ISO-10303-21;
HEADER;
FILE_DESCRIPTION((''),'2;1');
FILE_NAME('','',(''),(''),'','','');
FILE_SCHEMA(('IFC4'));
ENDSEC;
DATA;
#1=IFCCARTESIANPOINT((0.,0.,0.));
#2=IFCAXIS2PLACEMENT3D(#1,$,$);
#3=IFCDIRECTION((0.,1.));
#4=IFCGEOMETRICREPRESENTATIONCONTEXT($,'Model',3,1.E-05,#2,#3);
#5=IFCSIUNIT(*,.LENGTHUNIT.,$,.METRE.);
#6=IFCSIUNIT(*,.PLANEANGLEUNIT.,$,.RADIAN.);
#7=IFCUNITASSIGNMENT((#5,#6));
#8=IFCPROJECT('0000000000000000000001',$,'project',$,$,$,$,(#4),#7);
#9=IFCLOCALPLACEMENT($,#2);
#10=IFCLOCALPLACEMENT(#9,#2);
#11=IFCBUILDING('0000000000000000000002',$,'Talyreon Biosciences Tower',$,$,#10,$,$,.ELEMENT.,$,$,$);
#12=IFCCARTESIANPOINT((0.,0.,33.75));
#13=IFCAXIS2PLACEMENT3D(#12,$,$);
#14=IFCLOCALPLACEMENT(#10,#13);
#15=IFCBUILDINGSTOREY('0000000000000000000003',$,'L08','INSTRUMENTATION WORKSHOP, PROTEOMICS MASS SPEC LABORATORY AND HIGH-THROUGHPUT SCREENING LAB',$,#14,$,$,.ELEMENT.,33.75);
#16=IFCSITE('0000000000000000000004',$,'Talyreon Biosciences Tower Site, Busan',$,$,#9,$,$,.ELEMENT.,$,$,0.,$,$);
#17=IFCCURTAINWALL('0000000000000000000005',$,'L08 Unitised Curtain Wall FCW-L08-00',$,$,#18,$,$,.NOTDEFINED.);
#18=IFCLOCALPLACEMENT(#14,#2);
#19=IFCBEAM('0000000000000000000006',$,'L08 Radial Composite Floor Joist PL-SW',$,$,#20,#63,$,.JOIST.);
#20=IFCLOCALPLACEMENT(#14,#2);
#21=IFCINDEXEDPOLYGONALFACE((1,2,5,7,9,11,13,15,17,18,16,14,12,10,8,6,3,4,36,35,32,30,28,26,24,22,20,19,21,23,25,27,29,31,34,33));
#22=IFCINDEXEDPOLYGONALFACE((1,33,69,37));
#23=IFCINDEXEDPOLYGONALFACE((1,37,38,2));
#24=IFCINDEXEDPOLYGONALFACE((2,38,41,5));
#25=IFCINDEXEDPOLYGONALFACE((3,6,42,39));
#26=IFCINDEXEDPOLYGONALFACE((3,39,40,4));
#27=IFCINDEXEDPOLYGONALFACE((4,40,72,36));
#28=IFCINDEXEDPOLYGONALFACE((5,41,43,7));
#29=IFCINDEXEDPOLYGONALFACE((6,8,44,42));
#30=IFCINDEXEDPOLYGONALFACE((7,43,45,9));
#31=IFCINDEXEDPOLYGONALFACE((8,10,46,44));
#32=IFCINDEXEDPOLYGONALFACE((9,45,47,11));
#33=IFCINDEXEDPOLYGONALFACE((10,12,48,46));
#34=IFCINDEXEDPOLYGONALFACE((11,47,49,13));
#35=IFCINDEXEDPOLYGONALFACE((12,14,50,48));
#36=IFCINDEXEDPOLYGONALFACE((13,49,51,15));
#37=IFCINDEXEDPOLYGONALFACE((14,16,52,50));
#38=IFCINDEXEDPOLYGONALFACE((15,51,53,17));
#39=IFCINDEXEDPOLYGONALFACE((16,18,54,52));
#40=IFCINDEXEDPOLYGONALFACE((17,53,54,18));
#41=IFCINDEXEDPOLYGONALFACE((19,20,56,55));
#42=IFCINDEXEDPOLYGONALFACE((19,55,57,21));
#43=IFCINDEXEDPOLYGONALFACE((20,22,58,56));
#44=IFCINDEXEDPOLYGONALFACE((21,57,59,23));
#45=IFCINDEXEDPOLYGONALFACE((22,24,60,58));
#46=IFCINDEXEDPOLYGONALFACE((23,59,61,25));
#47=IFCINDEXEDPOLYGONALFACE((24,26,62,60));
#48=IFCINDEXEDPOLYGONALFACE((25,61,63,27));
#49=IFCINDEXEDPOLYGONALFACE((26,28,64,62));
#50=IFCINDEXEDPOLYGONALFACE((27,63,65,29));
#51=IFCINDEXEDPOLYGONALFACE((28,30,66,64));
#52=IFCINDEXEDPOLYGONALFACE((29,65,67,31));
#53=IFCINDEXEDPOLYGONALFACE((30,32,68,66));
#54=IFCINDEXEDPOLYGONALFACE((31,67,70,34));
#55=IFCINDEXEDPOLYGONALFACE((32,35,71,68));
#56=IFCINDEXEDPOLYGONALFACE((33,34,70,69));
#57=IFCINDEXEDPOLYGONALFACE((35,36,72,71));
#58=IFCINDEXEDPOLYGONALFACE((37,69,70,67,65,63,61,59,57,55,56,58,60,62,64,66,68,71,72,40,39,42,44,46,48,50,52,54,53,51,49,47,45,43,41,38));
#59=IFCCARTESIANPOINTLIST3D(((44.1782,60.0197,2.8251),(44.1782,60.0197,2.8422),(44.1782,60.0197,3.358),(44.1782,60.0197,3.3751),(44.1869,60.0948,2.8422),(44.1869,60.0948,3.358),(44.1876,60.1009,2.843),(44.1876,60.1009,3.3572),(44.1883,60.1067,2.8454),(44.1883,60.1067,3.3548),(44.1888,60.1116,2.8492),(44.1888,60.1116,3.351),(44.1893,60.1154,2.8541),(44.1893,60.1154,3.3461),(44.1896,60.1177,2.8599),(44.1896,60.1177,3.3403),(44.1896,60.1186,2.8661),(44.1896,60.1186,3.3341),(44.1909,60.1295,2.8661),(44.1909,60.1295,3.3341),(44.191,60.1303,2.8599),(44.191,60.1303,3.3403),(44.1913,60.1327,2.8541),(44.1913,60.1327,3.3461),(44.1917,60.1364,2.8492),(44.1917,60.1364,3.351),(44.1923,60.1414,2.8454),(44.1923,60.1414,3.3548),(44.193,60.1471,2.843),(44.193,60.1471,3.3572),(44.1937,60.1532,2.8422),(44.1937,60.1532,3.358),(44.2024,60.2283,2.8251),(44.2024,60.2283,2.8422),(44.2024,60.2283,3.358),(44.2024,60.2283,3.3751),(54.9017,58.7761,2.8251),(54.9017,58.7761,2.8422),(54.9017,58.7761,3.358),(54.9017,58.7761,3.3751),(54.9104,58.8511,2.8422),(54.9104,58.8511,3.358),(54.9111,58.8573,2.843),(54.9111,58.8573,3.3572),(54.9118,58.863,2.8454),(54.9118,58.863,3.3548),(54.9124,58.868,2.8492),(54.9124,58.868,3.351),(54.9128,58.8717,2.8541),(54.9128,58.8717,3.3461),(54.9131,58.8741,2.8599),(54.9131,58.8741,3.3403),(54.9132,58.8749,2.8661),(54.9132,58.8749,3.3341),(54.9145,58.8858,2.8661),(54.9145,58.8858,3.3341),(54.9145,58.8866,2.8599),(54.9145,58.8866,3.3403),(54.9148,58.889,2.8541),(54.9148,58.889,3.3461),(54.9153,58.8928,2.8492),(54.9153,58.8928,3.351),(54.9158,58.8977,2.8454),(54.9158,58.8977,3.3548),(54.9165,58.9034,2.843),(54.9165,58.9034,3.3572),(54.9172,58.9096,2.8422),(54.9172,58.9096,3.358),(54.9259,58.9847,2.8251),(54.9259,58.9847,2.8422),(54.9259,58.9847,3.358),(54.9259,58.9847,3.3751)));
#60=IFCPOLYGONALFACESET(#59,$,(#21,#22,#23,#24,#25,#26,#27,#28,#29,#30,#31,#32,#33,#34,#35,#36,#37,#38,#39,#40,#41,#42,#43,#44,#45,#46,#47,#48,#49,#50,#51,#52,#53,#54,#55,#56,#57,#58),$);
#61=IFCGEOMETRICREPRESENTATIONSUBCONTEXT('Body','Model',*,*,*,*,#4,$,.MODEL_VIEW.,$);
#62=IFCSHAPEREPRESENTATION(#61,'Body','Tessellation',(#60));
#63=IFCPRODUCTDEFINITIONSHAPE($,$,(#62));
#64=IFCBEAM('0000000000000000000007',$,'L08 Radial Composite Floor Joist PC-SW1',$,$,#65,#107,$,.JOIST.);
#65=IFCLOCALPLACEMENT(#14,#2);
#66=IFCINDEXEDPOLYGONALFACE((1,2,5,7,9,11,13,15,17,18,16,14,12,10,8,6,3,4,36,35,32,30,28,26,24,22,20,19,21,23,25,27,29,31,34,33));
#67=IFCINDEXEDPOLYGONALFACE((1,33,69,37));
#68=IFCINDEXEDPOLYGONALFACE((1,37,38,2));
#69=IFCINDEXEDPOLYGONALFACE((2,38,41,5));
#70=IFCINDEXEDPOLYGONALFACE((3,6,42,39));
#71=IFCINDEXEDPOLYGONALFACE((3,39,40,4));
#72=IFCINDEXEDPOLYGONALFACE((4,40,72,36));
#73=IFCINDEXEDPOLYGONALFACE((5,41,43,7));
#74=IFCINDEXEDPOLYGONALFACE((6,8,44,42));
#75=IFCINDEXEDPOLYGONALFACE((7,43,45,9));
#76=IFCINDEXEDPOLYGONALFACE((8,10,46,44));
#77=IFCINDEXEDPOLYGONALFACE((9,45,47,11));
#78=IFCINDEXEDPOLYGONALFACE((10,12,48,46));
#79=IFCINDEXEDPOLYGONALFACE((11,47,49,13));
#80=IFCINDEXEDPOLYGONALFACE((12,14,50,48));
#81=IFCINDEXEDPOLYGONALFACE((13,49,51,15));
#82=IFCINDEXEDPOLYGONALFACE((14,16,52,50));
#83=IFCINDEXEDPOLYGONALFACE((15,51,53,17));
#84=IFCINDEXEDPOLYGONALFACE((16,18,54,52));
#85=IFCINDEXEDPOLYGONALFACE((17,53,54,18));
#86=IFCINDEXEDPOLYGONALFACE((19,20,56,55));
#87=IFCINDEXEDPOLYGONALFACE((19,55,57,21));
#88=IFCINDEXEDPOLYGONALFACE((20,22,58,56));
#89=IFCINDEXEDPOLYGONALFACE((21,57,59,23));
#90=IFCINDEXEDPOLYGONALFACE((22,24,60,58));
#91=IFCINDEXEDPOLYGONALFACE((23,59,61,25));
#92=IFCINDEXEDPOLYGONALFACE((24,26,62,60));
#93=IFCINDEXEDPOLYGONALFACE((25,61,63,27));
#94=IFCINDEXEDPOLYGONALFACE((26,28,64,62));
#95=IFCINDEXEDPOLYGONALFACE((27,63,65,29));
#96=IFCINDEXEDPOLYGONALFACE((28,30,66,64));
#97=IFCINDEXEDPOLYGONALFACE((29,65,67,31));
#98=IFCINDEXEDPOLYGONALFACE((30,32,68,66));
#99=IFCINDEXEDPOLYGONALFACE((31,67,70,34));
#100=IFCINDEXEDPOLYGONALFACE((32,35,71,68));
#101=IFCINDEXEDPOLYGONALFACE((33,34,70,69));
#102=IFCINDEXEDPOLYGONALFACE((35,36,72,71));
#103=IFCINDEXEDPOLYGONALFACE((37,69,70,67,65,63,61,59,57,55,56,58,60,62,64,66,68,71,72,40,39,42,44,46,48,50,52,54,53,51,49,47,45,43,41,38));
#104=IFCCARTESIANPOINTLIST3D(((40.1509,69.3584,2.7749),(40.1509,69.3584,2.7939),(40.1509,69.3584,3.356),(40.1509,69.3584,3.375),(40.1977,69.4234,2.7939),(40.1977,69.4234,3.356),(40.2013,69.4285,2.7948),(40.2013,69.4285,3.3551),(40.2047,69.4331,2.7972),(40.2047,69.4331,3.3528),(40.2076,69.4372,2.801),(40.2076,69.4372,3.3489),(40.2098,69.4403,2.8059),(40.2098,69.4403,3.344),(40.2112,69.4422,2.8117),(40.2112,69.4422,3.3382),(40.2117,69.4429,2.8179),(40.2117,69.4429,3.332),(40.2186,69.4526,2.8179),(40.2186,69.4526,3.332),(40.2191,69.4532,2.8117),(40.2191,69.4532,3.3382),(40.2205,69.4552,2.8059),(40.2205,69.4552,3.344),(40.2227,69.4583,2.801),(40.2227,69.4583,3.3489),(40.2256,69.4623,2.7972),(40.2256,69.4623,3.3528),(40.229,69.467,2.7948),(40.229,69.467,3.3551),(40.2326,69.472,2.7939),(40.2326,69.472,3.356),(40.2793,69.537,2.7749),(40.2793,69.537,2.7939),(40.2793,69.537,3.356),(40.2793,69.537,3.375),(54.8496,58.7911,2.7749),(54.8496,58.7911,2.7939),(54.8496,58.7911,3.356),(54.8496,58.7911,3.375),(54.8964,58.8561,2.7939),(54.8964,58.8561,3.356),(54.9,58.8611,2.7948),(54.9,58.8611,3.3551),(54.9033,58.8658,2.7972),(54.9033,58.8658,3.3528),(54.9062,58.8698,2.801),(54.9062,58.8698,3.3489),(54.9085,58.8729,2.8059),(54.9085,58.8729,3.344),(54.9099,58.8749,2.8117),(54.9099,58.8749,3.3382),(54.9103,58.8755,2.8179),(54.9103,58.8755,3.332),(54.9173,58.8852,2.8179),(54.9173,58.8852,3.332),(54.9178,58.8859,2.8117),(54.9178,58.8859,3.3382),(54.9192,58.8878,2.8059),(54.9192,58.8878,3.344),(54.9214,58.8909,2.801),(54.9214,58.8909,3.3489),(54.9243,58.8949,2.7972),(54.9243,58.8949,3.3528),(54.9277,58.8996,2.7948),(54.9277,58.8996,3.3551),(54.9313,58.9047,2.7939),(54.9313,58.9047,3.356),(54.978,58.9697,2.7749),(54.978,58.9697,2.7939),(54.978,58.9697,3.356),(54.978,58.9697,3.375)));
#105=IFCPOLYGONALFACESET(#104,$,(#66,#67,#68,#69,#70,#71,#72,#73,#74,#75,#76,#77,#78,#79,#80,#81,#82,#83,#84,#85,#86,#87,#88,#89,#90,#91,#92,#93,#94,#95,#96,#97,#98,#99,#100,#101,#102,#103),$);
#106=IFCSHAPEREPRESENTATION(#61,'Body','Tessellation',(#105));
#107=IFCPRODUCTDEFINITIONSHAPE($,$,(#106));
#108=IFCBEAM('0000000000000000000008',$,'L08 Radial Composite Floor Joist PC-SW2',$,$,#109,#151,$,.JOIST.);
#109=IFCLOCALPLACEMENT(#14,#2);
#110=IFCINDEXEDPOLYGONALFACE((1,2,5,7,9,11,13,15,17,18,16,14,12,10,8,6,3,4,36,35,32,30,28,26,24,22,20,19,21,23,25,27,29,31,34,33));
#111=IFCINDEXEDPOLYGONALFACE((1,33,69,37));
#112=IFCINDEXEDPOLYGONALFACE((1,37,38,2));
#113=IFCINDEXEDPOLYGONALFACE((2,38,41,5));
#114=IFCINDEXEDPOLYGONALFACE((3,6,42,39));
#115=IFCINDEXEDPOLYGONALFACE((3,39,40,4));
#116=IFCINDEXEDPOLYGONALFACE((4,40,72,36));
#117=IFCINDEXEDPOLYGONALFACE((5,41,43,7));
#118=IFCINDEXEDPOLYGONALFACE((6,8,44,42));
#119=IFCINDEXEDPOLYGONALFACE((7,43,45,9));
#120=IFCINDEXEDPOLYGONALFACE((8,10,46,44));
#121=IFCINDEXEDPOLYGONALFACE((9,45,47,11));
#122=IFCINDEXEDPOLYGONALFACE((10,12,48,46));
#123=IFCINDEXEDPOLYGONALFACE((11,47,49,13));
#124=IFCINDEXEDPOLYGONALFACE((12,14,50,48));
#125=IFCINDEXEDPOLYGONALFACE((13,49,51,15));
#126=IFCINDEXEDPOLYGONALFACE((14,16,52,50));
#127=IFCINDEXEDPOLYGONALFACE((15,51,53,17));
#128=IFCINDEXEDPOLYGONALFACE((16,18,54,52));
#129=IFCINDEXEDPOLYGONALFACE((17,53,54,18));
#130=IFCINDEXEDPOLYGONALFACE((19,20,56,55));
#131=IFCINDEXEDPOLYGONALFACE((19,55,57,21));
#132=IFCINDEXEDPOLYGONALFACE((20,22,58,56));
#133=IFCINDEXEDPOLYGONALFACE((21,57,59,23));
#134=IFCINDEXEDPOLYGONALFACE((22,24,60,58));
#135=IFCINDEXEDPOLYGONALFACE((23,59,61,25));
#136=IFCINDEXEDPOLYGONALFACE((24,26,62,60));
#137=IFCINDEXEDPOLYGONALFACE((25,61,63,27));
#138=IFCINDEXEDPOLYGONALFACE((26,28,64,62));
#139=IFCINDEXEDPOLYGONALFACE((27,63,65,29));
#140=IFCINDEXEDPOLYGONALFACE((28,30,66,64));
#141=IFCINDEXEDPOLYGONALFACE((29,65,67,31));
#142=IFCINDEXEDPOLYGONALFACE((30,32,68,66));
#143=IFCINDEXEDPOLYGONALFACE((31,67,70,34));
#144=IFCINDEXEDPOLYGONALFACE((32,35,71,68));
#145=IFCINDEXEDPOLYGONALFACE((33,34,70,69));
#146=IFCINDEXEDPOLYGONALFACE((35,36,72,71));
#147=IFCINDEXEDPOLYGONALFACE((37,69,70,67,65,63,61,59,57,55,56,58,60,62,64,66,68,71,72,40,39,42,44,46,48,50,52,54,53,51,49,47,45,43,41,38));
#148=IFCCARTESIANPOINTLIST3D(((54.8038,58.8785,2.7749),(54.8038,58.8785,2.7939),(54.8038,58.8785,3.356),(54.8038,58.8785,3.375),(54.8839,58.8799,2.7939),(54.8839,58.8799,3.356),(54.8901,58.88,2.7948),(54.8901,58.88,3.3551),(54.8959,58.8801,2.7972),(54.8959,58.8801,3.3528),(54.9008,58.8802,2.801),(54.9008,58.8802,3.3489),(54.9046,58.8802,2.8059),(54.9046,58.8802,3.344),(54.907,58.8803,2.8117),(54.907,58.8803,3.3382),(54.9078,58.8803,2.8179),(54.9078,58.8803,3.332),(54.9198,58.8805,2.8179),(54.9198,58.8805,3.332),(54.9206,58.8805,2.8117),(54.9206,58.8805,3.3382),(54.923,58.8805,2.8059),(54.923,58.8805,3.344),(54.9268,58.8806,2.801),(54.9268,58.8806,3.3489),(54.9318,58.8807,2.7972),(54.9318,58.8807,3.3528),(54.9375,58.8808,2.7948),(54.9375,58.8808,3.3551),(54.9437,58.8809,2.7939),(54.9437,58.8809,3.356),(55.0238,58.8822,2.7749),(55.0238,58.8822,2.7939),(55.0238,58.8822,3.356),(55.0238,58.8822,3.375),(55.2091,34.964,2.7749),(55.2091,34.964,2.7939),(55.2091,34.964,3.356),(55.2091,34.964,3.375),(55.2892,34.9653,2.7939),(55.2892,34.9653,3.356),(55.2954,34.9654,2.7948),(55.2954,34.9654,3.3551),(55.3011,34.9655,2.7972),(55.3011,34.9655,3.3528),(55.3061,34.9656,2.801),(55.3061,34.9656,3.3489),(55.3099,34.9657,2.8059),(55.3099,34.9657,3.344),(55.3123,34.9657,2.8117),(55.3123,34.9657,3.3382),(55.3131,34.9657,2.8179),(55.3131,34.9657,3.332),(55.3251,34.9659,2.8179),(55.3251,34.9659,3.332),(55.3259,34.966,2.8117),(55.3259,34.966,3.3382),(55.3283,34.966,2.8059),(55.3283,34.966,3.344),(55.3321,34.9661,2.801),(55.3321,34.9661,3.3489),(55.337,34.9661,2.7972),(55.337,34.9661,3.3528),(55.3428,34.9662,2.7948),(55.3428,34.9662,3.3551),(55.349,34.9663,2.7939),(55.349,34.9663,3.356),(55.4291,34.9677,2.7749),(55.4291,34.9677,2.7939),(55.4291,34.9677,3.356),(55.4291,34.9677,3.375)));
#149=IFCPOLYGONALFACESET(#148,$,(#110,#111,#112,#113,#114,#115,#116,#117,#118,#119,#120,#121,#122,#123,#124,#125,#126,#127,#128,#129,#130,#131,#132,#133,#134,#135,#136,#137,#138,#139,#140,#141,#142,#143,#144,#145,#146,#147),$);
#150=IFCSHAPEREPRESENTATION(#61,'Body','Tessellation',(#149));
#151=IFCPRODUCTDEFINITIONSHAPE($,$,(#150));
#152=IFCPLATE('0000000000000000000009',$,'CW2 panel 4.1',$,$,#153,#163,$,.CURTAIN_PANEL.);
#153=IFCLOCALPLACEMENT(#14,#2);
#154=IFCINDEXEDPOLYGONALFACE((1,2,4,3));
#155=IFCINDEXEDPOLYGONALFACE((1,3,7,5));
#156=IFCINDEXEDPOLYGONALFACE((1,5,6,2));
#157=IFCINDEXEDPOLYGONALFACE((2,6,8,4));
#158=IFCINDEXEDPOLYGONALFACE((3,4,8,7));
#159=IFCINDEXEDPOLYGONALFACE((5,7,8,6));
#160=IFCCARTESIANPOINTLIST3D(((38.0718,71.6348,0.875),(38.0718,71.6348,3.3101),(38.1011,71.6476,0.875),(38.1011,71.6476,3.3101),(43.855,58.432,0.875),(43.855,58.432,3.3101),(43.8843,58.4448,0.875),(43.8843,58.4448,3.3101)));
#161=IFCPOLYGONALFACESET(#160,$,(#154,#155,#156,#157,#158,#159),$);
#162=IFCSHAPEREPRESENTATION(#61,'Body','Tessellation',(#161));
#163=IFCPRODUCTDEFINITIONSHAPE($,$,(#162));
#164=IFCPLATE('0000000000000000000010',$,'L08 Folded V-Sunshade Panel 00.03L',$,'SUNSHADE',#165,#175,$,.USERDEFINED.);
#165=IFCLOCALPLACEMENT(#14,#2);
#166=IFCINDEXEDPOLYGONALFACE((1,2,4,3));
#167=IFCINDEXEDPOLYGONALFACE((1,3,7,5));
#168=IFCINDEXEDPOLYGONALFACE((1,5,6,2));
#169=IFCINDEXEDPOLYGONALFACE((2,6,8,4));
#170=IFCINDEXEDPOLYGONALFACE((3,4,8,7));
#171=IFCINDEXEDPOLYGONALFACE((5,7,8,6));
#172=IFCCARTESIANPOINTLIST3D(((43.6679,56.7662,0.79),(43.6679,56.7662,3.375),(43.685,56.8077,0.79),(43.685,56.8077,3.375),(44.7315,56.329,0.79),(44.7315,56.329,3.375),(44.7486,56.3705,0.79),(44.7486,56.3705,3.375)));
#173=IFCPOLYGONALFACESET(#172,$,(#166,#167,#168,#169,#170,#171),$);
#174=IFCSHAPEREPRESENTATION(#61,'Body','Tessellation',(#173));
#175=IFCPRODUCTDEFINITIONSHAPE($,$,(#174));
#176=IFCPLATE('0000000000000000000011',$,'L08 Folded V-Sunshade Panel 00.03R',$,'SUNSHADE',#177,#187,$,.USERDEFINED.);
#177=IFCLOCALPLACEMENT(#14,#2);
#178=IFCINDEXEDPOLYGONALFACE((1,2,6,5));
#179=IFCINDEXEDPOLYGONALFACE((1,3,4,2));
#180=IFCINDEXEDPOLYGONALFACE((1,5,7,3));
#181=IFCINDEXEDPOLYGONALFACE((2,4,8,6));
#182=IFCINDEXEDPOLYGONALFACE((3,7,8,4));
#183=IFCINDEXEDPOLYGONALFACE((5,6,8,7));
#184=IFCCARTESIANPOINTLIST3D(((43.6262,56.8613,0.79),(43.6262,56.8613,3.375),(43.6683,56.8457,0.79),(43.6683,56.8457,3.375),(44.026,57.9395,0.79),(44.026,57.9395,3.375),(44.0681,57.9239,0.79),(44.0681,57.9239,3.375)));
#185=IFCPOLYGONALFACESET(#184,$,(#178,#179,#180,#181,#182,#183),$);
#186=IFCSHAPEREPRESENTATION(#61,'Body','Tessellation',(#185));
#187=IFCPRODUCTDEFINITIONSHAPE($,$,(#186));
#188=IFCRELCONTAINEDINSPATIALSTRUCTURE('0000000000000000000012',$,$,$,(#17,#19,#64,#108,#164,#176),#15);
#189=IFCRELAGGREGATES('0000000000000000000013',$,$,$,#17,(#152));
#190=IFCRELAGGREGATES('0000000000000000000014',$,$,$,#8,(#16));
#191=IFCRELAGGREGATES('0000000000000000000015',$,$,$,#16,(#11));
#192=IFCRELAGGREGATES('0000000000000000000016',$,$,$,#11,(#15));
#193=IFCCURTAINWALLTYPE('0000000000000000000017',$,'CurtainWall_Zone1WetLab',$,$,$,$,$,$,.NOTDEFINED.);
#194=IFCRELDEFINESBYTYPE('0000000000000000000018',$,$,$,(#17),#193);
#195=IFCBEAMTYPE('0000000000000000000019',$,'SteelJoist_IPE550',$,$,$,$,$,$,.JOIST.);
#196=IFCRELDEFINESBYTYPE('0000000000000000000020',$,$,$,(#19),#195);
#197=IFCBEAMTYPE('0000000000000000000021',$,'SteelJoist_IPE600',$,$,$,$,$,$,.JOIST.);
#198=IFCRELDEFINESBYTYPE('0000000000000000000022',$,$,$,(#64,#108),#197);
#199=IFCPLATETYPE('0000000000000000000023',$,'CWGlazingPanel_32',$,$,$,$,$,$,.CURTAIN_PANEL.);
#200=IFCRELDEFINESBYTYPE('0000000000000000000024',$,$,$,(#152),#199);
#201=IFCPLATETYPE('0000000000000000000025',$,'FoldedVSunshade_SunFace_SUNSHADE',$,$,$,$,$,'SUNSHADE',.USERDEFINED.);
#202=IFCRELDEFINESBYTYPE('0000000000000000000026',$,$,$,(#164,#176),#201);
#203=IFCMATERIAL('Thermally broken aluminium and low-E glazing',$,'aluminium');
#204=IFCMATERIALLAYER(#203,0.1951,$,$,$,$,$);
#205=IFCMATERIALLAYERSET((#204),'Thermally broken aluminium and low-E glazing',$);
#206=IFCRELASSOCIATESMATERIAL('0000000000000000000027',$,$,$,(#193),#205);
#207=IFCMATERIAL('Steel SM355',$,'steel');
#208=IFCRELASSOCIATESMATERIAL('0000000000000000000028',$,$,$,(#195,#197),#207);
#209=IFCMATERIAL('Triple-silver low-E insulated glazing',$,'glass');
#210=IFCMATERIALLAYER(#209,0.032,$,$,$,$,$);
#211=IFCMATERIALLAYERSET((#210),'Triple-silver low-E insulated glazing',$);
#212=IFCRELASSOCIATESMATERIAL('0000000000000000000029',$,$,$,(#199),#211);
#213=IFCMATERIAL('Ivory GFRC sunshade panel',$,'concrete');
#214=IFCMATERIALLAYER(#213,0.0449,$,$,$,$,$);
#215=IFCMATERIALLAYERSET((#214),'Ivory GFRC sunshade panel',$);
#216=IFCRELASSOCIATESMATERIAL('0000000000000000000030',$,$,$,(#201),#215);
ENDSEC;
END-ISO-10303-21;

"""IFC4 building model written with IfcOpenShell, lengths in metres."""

from ifc_helpers import new_model, si_unit, direction, frame, origin, origin_2d, place, context, subcontext, project, spatial, rectangle, i_section, extrude, material, layer, layer_set, material_profile, profile_set, type_object, element, aggregate, save


model = new_model("IFC4")

# Units and contexts
model_context = context("Model", 3, precision=1e-05, world=origin(), true_north=direction((0.0, 1.0)))
body_context = subcontext(model_context, "Body", "Model", "MODEL_VIEW")
ifc_project = project(units=[si_unit("LENGTHUNIT", "METRE"), si_unit("PLANEANGLEUNIT", "RADIAN")], contexts=[model_context])

# Site, building, storey
site_placement = place(None, origin())
site = spatial("IfcSite", under=ifc_project, at=site_placement, Name="Talyreon Biosciences Tower Site, Busan", CompositionType="ELEMENT", RefElevation=0.0)
building_placement = place(site_placement, origin())
building = spatial("IfcBuilding", under=site, at=building_placement, Name="Talyreon Biosciences Tower", CompositionType="ELEMENT")
storey_placement = place(building_placement, frame((0.0, 0.0, 33.75)))
storey = spatial("IfcBuildingStorey", under=building, at=storey_placement, Name="L08", Description="INSTRUMENTATION WORKSHOP, PROTEOMICS MASS SPEC LABORATORY AND HIGH-THROUGHPUT SCREENING LAB", CompositionType="ELEMENT", Elevation=33.75)

# Curtain wall
ifc_material_1 = material(Name="Thermally broken aluminium and low-E glazing", Category="aluminium")
ifc_layer_1 = layer(ifc_material_1, 0.1951)
ifc_layer_set_1 = layer_set([ifc_layer_1], Name="Thermally broken aluminium and low-E glazing")
curtain_wall_type = type_object("IfcCurtainWallType", Name="CurtainWall_Zone1WetLab", PredefinedType="NOTDEFINED", material=ifc_layer_set_1)
curtain_wall_placement = place(storey_placement, origin())
curtain_wall = element("IfcCurtainWall", 1, at=curtain_wall_placement, inside=storey, type_object=curtain_wall_type, Name="L08 Unitised Curtain Wall FCW-L08-00", PredefinedType="NOTDEFINED")

# Beams
ifc_material_2 = material(Name="Steel SM355", Category="steel")
ifc_material_profile_1 = material_profile(ifc_material_2, i_section(OverallWidth=0.21, OverallDepth=0.55, WebThickness=0.011, FlangeThickness=0.0171, FilletRadius=0.0239, at=origin_2d()), Name="IPE550")
ifc_profile_set_1 = profile_set([ifc_material_profile_1], Name="Steel SM355")
beam_type_1 = type_object("IfcBeamType", Name="SteelJoist_IPE550", PredefinedType="JOIST", material=ifc_profile_set_1)
beam_1_placement = place(storey_placement, frame((54.9138, 58.8804, 3.1001), z_axis=(-0.993342, 0.115201, 0.0), x_axis=(-0.115201, -0.993342, 0.0)))
element("IfcBeam", 2, at=beam_1_placement, inside=storey, type_object=beam_type_1, Name="L08 Radial Composite Floor Joist PL-SW", PredefinedType="JOIST", context=body_context, shape_type="SweptSolid", body=[
    extrude(i_section(OverallWidth=0.21, OverallDepth=0.55, WebThickness=0.011, FlangeThickness=0.0171, FilletRadius=0.0239, at=origin_2d()), origin(), (0.0, 0.0, 1.0), 10.7954),
])
ifc_material_profile_2 = material_profile(ifc_material_2, i_section(OverallWidth=0.22, OverallDepth=0.6001, WebThickness=0.012, FlangeThickness=0.019, FilletRadius=0.0239, at=origin_2d()), Name="IPE600")
ifc_profile_set_2 = profile_set([ifc_material_profile_2], Name="Steel SM355")
beam_type_2 = type_object("IfcBeamType", Name="SteelJoist_IPE600", PredefinedType="JOIST", material=ifc_profile_set_2)
beam_2_placement = place(storey_placement, frame((54.9138, 58.8804, 3.075), z_axis=(-0.811945, 0.583733, 0.0), x_axis=(-0.583733, -0.811945, 0.0)))
element("IfcBeam", 3, at=beam_2_placement, inside=storey, type_object=beam_type_2, Name="L08 Radial Composite Floor Joist PC-SW1", PredefinedType="JOIST", context=body_context, shape_type="SweptSolid", body=[
    extrude(i_section(OverallWidth=0.22, OverallDepth=0.6001, WebThickness=0.012, FlangeThickness=0.019, FilletRadius=0.0239, at=origin_2d()), origin(), (0.0, 0.0, 1.0), 18.103),
])
beam_3_placement = place(storey_placement, frame((54.9138, 58.8804, 3.075), z_axis=(0.016944, -0.999856, 0.0), x_axis=(0.999856, 0.016944, 0.0)))
element("IfcBeam", 4, at=beam_3_placement, inside=storey, type_object=beam_type_2, Name="L08 Radial Composite Floor Joist PC-SW2", PredefinedType="JOIST", context=body_context, shape_type="SweptSolid", body=[
    extrude(i_section(OverallWidth=0.22, OverallDepth=0.6001, WebThickness=0.012, FlangeThickness=0.019, FilletRadius=0.0239, at=origin_2d()), origin(), (0.0, 0.0, 1.0), 23.918),
])

# Plate
ifc_material_3 = material(Name="Triple-silver low-E insulated glazing", Category="glass")
ifc_layer_2 = layer(ifc_material_3, 0.032)
ifc_layer_set_2 = layer_set([ifc_layer_2], Name="Triple-silver low-E insulated glazing")
plate_type_1 = type_object("IfcPlateType", Name="CWGlazingPanel_32", PredefinedType="CURTAIN_PANEL", material=ifc_layer_set_2)
plate_placement = place(storey_placement, frame((40.978, 65.0398, 0.875), z_axis=(0.0, 0.0, 1.0), x_axis=(-0.401223, 0.91598, 0.0)))
plate = element("IfcPlate", 5, at=plate_placement, type_object=plate_type_1, Name="CW2 panel 4.1", PredefinedType="CURTAIN_PANEL", context=body_context, shape_type="SweptSolid", body=[
    extrude(rectangle(XDim=14.4138, YDim=0.032, at=origin_2d()), origin(), (0.0, 0.0, 1.0), 2.4351),
])
aggregate(curtain_wall, [plate])

# Plates
ifc_material_4 = material(Name="Ivory GFRC sunshade panel", Category="concrete")
ifc_layer_3 = layer(ifc_material_4, 0.0449)
ifc_layer_set_3 = layer_set([ifc_layer_3], Name="Ivory GFRC sunshade panel")
plate_type_2 = type_object("IfcPlateType", Name="FoldedVSunshade_SunFace_SUNSHADE", ElementType="SUNSHADE", PredefinedType="USERDEFINED", material=ifc_layer_set_3)
for number, where, z_axis, x_axis, name in (
    (6, (44.2083, 56.5684, 0.79), (0.0, 0.0, 1.0), (-0.924911, 0.380183, 0.0), "L08 Folded V-Sunshade Panel 00.03L"),
    (7, (43.8472, 57.3926, 0.79), (0.0, 0.0, 1.0), (0.347672, 0.937616, 0.0), "L08 Folded V-Sunshade Panel 00.03R"),
):
    element("IfcPlate", number, at=place(storey_placement, frame(where, z_axis=z_axis, x_axis=x_axis)), inside=storey, type_object=plate_type_2, Name=name, ObjectType="SUNSHADE", PredefinedType="USERDEFINED", context=body_context, shape_type="SweptSolid", body=[
        extrude(rectangle(XDim=1.1499, YDim=0.0449, at=origin_2d()), origin(), (0.0, 0.0, 1.0), 2.585),
    ])

save(model, "model.ifc")
